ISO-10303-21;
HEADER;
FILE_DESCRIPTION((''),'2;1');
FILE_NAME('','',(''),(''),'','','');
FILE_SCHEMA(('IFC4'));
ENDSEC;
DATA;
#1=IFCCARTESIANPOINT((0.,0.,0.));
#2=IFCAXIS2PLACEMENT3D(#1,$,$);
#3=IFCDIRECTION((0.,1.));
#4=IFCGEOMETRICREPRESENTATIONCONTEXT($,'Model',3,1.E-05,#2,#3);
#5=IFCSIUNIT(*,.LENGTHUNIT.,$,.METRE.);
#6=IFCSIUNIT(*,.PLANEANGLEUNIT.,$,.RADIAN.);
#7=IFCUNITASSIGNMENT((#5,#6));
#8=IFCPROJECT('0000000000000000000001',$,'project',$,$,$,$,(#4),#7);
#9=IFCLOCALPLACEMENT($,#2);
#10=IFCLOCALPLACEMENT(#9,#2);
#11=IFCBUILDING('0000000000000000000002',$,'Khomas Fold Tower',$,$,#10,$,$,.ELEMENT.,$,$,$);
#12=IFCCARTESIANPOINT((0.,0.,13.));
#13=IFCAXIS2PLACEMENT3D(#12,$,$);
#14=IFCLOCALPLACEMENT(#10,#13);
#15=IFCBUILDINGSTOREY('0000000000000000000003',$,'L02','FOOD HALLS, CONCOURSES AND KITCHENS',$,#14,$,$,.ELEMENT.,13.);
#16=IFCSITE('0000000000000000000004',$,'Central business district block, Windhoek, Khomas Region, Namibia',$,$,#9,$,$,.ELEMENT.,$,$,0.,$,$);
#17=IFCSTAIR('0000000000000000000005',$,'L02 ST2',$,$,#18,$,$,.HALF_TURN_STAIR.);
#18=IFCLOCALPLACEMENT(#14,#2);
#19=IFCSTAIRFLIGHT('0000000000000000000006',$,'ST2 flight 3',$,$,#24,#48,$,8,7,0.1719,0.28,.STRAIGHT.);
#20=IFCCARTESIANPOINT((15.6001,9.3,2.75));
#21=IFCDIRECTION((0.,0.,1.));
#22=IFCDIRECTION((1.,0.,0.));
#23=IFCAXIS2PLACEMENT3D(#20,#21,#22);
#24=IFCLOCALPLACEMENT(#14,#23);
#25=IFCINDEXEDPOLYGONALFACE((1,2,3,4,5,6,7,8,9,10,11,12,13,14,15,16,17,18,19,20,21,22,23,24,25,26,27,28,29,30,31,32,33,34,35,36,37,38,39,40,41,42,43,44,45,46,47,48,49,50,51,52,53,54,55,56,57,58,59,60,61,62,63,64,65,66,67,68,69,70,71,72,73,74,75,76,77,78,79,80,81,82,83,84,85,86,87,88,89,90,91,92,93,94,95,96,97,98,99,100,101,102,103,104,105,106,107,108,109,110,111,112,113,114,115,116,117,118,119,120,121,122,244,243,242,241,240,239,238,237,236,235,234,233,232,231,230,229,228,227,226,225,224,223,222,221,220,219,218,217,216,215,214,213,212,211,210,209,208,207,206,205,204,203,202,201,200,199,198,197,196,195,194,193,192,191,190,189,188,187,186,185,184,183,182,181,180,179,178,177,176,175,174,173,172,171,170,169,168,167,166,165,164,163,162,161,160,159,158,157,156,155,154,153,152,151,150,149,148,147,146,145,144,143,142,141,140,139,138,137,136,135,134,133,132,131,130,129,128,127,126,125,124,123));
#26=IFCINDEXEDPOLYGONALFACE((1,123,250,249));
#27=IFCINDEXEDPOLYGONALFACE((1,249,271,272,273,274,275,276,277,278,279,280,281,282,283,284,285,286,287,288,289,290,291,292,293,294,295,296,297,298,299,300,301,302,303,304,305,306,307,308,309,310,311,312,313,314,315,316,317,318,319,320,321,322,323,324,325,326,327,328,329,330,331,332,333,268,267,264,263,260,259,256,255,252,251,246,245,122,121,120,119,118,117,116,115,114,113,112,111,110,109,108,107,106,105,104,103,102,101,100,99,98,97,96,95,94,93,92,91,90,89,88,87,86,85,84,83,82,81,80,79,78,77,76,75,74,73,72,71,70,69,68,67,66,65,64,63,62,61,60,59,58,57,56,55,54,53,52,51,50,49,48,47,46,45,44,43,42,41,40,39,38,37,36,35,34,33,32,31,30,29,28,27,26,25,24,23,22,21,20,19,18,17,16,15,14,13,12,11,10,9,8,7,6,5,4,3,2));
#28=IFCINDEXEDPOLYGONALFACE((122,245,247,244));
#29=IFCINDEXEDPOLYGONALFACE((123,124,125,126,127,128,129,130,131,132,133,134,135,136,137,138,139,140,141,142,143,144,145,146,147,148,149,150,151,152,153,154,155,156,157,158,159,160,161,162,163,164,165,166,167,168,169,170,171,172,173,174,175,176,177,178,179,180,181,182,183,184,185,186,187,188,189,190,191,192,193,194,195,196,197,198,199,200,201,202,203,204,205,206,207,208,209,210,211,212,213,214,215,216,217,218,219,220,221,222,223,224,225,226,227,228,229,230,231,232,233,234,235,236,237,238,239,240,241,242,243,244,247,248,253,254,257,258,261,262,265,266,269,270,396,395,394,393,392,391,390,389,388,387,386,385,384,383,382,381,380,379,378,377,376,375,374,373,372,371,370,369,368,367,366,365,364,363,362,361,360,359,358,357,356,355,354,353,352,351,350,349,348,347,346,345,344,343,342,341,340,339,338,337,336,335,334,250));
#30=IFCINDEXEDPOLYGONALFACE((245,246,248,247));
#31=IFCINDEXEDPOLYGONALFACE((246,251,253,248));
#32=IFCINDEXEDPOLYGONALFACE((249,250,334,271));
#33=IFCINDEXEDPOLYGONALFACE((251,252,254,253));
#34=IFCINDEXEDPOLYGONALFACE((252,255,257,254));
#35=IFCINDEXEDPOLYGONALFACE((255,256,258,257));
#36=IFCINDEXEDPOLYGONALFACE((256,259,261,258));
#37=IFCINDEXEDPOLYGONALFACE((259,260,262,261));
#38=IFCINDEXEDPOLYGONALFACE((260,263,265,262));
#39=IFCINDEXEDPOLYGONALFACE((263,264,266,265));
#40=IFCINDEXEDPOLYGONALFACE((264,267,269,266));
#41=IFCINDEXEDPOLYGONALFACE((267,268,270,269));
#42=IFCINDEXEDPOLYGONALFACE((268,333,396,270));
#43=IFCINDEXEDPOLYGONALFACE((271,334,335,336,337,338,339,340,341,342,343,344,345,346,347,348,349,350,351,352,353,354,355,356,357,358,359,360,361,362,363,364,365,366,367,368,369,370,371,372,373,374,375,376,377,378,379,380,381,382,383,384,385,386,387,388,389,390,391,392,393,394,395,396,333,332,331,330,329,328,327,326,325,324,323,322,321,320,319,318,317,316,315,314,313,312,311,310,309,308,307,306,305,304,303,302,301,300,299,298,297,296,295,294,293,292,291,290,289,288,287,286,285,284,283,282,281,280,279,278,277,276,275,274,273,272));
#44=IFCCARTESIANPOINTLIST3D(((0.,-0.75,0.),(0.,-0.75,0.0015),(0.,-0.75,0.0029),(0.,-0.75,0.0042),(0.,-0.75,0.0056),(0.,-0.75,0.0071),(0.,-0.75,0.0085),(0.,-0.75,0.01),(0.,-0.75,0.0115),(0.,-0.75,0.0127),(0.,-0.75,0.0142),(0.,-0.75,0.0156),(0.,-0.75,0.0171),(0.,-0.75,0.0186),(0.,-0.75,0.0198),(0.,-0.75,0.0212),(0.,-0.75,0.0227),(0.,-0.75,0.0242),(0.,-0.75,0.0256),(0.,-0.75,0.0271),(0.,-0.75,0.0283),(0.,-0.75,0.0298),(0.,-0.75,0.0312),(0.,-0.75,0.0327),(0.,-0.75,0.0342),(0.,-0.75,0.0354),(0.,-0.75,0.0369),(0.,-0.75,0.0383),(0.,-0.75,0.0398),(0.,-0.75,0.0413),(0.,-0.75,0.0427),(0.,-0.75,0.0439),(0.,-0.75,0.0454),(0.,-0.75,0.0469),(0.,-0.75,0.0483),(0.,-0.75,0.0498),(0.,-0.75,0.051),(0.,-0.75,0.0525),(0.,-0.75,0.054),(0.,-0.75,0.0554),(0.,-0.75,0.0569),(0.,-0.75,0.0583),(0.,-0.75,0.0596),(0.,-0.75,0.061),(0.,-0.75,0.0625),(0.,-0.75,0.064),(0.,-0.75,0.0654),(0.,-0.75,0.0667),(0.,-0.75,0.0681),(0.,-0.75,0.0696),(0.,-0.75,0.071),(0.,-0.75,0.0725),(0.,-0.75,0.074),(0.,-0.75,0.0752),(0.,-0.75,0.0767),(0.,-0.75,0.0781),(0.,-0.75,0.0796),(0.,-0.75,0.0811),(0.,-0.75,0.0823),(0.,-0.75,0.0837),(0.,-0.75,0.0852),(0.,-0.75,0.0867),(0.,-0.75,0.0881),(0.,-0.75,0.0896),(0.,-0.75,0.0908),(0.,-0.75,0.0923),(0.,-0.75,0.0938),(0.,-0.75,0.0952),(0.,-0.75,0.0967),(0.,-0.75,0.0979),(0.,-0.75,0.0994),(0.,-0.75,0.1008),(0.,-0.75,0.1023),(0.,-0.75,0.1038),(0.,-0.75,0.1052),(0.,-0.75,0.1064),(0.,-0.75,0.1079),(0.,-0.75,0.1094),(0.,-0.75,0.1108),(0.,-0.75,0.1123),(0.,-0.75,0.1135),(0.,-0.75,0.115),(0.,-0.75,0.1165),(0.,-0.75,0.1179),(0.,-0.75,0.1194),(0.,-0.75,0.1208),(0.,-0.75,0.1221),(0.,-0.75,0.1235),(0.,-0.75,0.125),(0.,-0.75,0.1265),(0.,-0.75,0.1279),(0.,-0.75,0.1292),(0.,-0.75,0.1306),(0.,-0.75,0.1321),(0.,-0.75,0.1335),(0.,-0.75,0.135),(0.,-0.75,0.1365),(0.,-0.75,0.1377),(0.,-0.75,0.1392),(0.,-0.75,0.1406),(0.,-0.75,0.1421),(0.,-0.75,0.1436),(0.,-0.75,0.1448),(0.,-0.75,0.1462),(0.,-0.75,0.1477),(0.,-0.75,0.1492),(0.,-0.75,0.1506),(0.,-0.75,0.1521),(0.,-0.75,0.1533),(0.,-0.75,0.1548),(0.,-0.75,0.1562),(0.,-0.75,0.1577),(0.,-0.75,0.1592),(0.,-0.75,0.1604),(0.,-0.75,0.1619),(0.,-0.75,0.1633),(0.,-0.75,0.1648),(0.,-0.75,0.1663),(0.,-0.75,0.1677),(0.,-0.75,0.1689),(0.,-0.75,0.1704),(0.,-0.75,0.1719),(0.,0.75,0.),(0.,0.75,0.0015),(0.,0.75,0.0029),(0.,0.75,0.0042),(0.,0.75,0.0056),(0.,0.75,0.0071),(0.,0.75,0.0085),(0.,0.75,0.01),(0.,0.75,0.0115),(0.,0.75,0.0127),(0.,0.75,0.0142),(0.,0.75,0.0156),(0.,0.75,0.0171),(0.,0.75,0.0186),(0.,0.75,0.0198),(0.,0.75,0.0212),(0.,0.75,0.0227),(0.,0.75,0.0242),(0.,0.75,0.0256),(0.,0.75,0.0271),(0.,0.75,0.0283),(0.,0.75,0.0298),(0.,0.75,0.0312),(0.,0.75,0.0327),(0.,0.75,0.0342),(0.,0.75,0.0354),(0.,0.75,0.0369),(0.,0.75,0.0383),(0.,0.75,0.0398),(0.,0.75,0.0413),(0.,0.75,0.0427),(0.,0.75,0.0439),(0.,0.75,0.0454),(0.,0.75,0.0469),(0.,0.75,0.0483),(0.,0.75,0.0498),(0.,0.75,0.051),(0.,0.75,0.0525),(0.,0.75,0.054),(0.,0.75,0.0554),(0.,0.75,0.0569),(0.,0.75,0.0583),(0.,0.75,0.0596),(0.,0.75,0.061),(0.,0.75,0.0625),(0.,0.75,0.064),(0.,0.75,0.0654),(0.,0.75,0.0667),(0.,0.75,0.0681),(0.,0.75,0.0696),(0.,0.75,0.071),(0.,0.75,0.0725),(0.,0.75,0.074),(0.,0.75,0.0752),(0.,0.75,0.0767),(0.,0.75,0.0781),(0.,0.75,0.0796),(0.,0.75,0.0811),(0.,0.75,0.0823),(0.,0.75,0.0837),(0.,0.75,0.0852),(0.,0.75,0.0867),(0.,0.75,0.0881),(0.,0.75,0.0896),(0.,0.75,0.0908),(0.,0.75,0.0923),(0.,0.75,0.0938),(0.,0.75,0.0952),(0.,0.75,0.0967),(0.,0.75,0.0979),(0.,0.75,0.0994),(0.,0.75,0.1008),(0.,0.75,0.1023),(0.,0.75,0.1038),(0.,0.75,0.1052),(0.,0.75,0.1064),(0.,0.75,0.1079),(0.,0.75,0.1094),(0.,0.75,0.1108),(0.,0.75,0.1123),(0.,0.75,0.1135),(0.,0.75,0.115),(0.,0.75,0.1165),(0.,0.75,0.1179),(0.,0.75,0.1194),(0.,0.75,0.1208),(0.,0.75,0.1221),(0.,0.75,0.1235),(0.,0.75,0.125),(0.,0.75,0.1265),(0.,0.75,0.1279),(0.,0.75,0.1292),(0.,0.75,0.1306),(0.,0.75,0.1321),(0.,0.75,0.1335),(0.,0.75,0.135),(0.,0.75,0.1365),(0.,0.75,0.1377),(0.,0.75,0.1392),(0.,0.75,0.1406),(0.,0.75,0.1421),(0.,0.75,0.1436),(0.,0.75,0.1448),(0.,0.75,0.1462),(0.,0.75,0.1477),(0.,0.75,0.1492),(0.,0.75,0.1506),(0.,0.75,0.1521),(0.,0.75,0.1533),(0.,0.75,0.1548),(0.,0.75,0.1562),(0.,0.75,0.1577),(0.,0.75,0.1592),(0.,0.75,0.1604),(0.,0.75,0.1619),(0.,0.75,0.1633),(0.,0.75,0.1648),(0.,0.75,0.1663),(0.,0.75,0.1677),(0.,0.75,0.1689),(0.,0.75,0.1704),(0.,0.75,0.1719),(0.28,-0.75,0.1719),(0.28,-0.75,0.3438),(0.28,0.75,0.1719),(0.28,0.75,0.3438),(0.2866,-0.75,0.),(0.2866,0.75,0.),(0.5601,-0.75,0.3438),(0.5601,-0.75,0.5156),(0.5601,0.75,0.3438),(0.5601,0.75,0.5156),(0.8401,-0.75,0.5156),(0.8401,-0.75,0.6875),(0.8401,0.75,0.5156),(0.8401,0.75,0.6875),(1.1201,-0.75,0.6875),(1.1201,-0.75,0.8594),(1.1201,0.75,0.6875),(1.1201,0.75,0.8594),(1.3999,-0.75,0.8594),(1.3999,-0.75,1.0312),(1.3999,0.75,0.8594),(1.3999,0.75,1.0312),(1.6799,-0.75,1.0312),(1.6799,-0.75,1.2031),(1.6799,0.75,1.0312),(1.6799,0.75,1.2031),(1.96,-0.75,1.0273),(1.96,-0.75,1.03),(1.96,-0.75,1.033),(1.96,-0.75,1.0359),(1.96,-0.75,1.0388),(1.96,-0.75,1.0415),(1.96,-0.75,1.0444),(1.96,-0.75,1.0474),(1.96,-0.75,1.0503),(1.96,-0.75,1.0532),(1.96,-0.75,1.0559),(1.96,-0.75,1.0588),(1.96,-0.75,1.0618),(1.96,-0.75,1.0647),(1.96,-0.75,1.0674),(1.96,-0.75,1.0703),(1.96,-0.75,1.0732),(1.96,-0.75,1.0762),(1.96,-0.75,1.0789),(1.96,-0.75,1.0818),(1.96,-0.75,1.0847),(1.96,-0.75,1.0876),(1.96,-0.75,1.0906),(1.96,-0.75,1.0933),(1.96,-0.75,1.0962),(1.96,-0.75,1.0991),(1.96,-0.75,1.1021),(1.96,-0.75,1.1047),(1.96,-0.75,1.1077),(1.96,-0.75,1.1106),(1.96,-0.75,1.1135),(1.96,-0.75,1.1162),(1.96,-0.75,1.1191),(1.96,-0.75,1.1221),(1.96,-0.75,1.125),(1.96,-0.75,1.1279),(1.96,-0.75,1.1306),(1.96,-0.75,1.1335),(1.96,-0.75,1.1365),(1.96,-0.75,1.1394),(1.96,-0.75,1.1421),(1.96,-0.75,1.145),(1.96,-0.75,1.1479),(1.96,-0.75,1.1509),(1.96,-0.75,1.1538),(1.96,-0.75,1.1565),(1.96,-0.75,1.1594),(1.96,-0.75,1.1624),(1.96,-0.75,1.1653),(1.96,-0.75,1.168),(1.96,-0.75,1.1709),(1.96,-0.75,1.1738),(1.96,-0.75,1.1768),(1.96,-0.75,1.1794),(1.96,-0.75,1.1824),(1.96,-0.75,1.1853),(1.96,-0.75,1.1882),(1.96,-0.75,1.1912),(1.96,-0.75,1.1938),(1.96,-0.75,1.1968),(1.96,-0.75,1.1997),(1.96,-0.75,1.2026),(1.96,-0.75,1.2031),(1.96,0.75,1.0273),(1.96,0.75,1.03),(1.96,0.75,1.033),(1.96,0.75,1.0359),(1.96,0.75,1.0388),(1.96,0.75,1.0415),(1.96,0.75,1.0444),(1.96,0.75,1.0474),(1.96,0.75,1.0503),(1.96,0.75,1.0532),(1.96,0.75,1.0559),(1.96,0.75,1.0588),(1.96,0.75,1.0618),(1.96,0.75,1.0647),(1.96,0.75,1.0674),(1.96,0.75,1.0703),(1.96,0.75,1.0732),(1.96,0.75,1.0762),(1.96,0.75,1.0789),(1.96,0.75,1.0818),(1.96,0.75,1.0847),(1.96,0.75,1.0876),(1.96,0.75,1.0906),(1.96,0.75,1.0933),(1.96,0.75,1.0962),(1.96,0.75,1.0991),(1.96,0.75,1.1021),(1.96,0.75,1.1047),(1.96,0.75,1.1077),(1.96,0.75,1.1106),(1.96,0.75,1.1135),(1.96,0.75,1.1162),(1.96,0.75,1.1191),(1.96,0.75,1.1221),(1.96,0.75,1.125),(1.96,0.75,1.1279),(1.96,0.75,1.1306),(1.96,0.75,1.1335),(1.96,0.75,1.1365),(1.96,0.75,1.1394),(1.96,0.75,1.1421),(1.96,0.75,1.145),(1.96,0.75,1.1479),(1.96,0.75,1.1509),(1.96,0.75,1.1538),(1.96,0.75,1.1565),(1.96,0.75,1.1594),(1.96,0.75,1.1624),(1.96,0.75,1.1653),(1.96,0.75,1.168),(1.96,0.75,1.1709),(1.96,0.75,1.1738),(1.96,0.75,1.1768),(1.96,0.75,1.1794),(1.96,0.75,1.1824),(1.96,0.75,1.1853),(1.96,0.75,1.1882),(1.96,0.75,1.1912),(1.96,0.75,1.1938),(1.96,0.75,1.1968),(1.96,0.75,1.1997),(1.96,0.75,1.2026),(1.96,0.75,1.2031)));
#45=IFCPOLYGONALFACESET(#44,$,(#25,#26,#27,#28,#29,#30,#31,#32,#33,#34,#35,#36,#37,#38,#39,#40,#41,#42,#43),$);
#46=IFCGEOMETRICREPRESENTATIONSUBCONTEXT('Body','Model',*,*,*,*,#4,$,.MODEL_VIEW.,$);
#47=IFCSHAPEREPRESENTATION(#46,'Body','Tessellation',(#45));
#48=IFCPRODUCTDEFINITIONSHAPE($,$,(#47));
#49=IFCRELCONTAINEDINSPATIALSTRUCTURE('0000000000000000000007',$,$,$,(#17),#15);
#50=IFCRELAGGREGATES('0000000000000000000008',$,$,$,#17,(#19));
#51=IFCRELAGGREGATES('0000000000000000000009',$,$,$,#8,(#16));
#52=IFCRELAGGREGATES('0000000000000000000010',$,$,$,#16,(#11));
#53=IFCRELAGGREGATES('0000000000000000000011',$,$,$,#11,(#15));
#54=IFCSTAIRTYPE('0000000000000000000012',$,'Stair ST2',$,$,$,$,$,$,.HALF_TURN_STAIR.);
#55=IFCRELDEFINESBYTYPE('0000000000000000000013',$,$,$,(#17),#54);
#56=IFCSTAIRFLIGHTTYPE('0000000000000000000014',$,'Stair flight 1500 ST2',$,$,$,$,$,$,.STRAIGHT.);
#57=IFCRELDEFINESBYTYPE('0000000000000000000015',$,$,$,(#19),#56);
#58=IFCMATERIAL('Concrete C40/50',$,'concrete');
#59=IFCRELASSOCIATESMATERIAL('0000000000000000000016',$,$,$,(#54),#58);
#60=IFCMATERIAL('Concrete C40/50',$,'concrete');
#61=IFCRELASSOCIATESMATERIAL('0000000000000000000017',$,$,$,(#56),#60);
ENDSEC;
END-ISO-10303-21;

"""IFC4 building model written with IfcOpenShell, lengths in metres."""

from ifc_helpers import new_model, si_unit, direction, frame, origin, place, context, subcontext, project, spatial, polyline, outline, extrude, source, transform, mapped, material, type_object, element, aggregate, save


model = new_model("IFC4")

# Units and contexts
model_context = context("Model", 3, precision=1e-05, world=origin(), true_north=direction((0.0, 1.0)))
body_context = subcontext(model_context, "Body", "Model", "MODEL_VIEW")
ifc_project = project(units=[si_unit("LENGTHUNIT", "METRE"), si_unit("PLANEANGLEUNIT", "RADIAN")], contexts=[model_context])

# Site, building, storey
site_placement = place(None, origin())
site = spatial("IfcSite", under=ifc_project, at=site_placement, Name="Central business district block, Windhoek, Khomas Region, Namibia", CompositionType="ELEMENT", RefElevation=0.0)
building_placement = place(site_placement, origin())
building = spatial("IfcBuilding", under=site, at=building_placement, Name="Khomas Fold Tower", CompositionType="ELEMENT")
storey_placement = place(building_placement, frame((0.0, 0.0, 13.0)))
storey = spatial("IfcBuildingStorey", under=building, at=storey_placement, Name="L02", Description="FOOD HALLS, CONCOURSES AND KITCHENS", CompositionType="ELEMENT", Elevation=13.0)

# Stair, stair flight
ifc_material_1 = material(Name="Concrete C40/50", Category="concrete")
stair_type = type_object("IfcStairType", Name="Stair ST2", PredefinedType="HALF_TURN_STAIR", material=ifc_material_1)
stair_placement = place(storey_placement, origin())
stair = element("IfcStair", 1, at=stair_placement, inside=storey, type_object=stair_type, Name="L02 ST2", PredefinedType="HALF_TURN_STAIR")
ifc_material_2 = material(Name="Concrete C40/50", Category="concrete")
stair_flight_type = type_object("IfcStairFlightType", Name="Stair flight 1500 ST2", PredefinedType="STRAIGHT", material=ifc_material_2)
shared_shape_1 = source(origin(), body_context, "Body", "SweptSolid", [
    extrude(outline(polyline([(0.0, 0.0), (0.0, 0.0015), (0.0, 0.0029), (0.0, 0.0042), (0.0, 0.0056), (0.0, 0.0071), (0.0, 0.0085), (0.0, 0.01), (0.0, 0.0115), (0.0, 0.0127), (0.0, 0.0142), (0.0, 0.0156), (0.0, 0.0171), (0.0, 0.0186), (0.0, 0.0198), (0.0, 0.0212), (0.0, 0.0227), (0.0, 0.0242), (0.0, 0.0256), (0.0, 0.0271), (0.0, 0.0283), (0.0, 0.0298), (0.0, 0.0312), (0.0, 0.0327), (0.0, 0.0342), (0.0, 0.0354), (0.0, 0.0369), (0.0, 0.0383), (0.0, 0.0398), (0.0, 0.0413), (0.0, 0.0427), (0.0, 0.0439), (0.0, 0.0454), (0.0, 0.0469), (0.0, 0.0483), (0.0, 0.0498), (0.0, 0.051), (0.0, 0.0525), (0.0, 0.054), (0.0, 0.0554), (0.0, 0.0569), (0.0, 0.0583), (0.0, 0.0596), (0.0, 0.061), (0.0, 0.0625), (0.0, 0.064), (0.0, 0.0654), (0.0, 0.0667), (0.0, 0.0681), (0.0, 0.0696), (0.0, 0.071), (0.0, 0.0725), (0.0, 0.074), (0.0, 0.0752), (0.0, 0.0767), (0.0, 0.0781), (0.0, 0.0796), (0.0, 0.0811), (0.0, 0.0823), (0.0, 0.0837), (0.0, 0.0852), (0.0, 0.0867), (0.0, 0.0881), (0.0, 0.0896), (0.0, 0.0908), (0.0, 0.0923), (0.0, 0.0938), (0.0, 0.0952), (0.0, 0.0967), (0.0, 0.0979), (0.0, 0.0994), (0.0, 0.1008), (0.0, 0.1023), (0.0, 0.1038), (0.0, 0.1052), (0.0, 0.1064), (0.0, 0.1079), (0.0, 0.1094), (0.0, 0.1108), (0.0, 0.1123), (0.0, 0.1135), (0.0, 0.115), (0.0, 0.1165), (0.0, 0.1179), (0.0, 0.1194), (0.0, 0.1208), (0.0, 0.1221), (0.0, 0.1235), (0.0, 0.125), (0.0, 0.1265), (0.0, 0.1279), (0.0, 0.1292), (0.0, 0.1306), (0.0, 0.1321), (0.0, 0.1335), (0.0, 0.135), (0.0, 0.1365), (0.0, 0.1377), (0.0, 0.1392), (0.0, 0.1406), (0.0, 0.1421), (0.0, 0.1436), (0.0, 0.1448), (0.0, 0.1462), (0.0, 0.1477), (0.0, 0.1492), (0.0, 0.1506), (0.0, 0.1521), (0.0, 0.1533), (0.0, 0.1548), (0.0, 0.1562), (0.0, 0.1577), (0.0, 0.1592), (0.0, 0.1604), (0.0, 0.1619), (0.0, 0.1633), (0.0, 0.1648), (0.0, 0.1663), (0.0, 0.1677), (0.0, 0.1689), (0.0, 0.1704), (0.0, 0.1719), (0.28, 0.1719), (0.28, 0.3438), (0.5601, 0.3438), (0.5601, 0.5156), (0.8401, 0.5156), (0.8401, 0.6875), (1.1201, 0.6875), (1.1201, 0.8594), (1.3999, 0.8594), (1.3999, 1.0312), (1.6799, 1.0312), (1.6799, 1.2031), (1.96, 1.2031), (1.96, 1.375), (1.96, 1.3721), (1.96, 1.3691), (1.96, 1.3665), (1.96, 1.3635), (1.96, 1.3606), (1.96, 1.3577), (1.96, 1.355), (1.96, 1.3521), (1.96, 1.3491), (1.96, 1.3462), (1.96, 1.3435), (1.96, 1.3406), (1.96, 1.3376), (1.96, 1.3347), (1.96, 1.3318), (1.96, 1.3291), (1.96, 1.3262), (1.96, 1.3232), (1.96, 1.3203), (1.96, 1.3176), (1.96, 1.3147), (1.96, 1.3118), (1.96, 1.3088), (1.96, 1.3059), (1.96, 1.3032), (1.96, 1.3003), (1.96, 1.2974), (1.96, 1.2944), (1.96, 1.2917), (1.96, 1.2888), (1.96, 1.2859), (1.96, 1.283), (1.96, 1.2803), (1.96, 1.2773), (1.96, 1.2744), (1.96, 1.2715), (1.96, 1.2686), (1.96, 1.2659), (1.96, 1.2629), (1.96, 1.26), (1.96, 1.2571), (1.96, 1.2544), (1.96, 1.2515), (1.96, 1.2485), (1.96, 1.2456), (1.96, 1.2427), (1.96, 1.24), (1.96, 1.2371), (1.96, 1.2341), (1.96, 1.2312), (1.96, 1.2285), (1.96, 1.2256), (1.96, 1.2227), (1.96, 1.2197), (1.96, 1.217), (1.96, 1.2141), (1.96, 1.2112), (1.96, 1.2083), (1.96, 1.2053), (1.96, 1.2026), (1.96, 1.1997), (1.96, 1.1968), (1.96, 1.1938), (1.96, 1.1912), (1.96, 1.1882), (1.96, 1.1853), (1.96, 1.1824), (1.96, 1.1794), (1.96, 1.1768), (1.96, 1.1738), (1.96, 1.1709), (1.96, 1.168), (1.96, 1.1653), (1.96, 1.1624), (1.96, 1.1594), (1.96, 1.1565), (1.96, 1.1538), (1.96, 1.1509), (1.96, 1.1479), (1.96, 1.145), (1.96, 1.1421), (1.96, 1.1394), (1.96, 1.1365), (1.96, 1.1335), (1.96, 1.1306), (1.96, 1.1279), (1.96, 1.125), (1.96, 1.1221), (1.96, 1.1191), (1.96, 1.1162), (1.96, 1.1135), (1.96, 1.1106), (1.96, 1.1077), (1.96, 1.1047), (1.96, 1.1021), (1.96, 1.0991), (1.96, 1.0962), (1.96, 1.0933), (1.96, 1.0906), (1.96, 1.0876), (1.96, 1.0847), (1.96, 1.0818), (1.96, 1.0789), (1.96, 1.0762), (1.96, 1.0732), (1.96, 1.0703), (1.96, 1.0674), (1.96, 1.0647), (1.96, 1.0618), (1.96, 1.0588), (1.96, 1.0559), (1.96, 1.0532), (1.96, 1.0503), (1.96, 1.0474), (1.96, 1.0444), (1.96, 1.0415), (1.96, 1.0388), (1.96, 1.0359), (1.96, 1.033), (1.96, 1.03), (1.96, 1.0273), (0.2866, 0.0), (0.0, 0.0)])), frame((0.0, 0.75, 0.0), z_axis=(0.0, -1.0, 0.0), x_axis=(1.0, 0.0, 0.0)), (0.0, 0.0, 1.0), 1.5),
])
stair_flight_1_placement = place(storey_placement, frame((15.6001, 9.3, 2.75), z_axis=(0.0, 0.0, 1.0), x_axis=(1.0, 0.0, 0.0)))
stair_flight_1 = element("IfcStairFlight", 2, at=stair_flight_1_placement, type_object=stair_flight_type, Name="ST2 flight 3", NumberOfRisers=8, NumberOfTreads=7, PredefinedType="STRAIGHT", RiserHeight=0.1719, TreadLength=0.28, context=body_context, shape_type="MappedRepresentation", body=[
    mapped(shared_shape_1, transform((0.0, 0.0, 0.0))),
])
aggregate(stair, [stair_flight_1])

save(model, "model.ifc")
